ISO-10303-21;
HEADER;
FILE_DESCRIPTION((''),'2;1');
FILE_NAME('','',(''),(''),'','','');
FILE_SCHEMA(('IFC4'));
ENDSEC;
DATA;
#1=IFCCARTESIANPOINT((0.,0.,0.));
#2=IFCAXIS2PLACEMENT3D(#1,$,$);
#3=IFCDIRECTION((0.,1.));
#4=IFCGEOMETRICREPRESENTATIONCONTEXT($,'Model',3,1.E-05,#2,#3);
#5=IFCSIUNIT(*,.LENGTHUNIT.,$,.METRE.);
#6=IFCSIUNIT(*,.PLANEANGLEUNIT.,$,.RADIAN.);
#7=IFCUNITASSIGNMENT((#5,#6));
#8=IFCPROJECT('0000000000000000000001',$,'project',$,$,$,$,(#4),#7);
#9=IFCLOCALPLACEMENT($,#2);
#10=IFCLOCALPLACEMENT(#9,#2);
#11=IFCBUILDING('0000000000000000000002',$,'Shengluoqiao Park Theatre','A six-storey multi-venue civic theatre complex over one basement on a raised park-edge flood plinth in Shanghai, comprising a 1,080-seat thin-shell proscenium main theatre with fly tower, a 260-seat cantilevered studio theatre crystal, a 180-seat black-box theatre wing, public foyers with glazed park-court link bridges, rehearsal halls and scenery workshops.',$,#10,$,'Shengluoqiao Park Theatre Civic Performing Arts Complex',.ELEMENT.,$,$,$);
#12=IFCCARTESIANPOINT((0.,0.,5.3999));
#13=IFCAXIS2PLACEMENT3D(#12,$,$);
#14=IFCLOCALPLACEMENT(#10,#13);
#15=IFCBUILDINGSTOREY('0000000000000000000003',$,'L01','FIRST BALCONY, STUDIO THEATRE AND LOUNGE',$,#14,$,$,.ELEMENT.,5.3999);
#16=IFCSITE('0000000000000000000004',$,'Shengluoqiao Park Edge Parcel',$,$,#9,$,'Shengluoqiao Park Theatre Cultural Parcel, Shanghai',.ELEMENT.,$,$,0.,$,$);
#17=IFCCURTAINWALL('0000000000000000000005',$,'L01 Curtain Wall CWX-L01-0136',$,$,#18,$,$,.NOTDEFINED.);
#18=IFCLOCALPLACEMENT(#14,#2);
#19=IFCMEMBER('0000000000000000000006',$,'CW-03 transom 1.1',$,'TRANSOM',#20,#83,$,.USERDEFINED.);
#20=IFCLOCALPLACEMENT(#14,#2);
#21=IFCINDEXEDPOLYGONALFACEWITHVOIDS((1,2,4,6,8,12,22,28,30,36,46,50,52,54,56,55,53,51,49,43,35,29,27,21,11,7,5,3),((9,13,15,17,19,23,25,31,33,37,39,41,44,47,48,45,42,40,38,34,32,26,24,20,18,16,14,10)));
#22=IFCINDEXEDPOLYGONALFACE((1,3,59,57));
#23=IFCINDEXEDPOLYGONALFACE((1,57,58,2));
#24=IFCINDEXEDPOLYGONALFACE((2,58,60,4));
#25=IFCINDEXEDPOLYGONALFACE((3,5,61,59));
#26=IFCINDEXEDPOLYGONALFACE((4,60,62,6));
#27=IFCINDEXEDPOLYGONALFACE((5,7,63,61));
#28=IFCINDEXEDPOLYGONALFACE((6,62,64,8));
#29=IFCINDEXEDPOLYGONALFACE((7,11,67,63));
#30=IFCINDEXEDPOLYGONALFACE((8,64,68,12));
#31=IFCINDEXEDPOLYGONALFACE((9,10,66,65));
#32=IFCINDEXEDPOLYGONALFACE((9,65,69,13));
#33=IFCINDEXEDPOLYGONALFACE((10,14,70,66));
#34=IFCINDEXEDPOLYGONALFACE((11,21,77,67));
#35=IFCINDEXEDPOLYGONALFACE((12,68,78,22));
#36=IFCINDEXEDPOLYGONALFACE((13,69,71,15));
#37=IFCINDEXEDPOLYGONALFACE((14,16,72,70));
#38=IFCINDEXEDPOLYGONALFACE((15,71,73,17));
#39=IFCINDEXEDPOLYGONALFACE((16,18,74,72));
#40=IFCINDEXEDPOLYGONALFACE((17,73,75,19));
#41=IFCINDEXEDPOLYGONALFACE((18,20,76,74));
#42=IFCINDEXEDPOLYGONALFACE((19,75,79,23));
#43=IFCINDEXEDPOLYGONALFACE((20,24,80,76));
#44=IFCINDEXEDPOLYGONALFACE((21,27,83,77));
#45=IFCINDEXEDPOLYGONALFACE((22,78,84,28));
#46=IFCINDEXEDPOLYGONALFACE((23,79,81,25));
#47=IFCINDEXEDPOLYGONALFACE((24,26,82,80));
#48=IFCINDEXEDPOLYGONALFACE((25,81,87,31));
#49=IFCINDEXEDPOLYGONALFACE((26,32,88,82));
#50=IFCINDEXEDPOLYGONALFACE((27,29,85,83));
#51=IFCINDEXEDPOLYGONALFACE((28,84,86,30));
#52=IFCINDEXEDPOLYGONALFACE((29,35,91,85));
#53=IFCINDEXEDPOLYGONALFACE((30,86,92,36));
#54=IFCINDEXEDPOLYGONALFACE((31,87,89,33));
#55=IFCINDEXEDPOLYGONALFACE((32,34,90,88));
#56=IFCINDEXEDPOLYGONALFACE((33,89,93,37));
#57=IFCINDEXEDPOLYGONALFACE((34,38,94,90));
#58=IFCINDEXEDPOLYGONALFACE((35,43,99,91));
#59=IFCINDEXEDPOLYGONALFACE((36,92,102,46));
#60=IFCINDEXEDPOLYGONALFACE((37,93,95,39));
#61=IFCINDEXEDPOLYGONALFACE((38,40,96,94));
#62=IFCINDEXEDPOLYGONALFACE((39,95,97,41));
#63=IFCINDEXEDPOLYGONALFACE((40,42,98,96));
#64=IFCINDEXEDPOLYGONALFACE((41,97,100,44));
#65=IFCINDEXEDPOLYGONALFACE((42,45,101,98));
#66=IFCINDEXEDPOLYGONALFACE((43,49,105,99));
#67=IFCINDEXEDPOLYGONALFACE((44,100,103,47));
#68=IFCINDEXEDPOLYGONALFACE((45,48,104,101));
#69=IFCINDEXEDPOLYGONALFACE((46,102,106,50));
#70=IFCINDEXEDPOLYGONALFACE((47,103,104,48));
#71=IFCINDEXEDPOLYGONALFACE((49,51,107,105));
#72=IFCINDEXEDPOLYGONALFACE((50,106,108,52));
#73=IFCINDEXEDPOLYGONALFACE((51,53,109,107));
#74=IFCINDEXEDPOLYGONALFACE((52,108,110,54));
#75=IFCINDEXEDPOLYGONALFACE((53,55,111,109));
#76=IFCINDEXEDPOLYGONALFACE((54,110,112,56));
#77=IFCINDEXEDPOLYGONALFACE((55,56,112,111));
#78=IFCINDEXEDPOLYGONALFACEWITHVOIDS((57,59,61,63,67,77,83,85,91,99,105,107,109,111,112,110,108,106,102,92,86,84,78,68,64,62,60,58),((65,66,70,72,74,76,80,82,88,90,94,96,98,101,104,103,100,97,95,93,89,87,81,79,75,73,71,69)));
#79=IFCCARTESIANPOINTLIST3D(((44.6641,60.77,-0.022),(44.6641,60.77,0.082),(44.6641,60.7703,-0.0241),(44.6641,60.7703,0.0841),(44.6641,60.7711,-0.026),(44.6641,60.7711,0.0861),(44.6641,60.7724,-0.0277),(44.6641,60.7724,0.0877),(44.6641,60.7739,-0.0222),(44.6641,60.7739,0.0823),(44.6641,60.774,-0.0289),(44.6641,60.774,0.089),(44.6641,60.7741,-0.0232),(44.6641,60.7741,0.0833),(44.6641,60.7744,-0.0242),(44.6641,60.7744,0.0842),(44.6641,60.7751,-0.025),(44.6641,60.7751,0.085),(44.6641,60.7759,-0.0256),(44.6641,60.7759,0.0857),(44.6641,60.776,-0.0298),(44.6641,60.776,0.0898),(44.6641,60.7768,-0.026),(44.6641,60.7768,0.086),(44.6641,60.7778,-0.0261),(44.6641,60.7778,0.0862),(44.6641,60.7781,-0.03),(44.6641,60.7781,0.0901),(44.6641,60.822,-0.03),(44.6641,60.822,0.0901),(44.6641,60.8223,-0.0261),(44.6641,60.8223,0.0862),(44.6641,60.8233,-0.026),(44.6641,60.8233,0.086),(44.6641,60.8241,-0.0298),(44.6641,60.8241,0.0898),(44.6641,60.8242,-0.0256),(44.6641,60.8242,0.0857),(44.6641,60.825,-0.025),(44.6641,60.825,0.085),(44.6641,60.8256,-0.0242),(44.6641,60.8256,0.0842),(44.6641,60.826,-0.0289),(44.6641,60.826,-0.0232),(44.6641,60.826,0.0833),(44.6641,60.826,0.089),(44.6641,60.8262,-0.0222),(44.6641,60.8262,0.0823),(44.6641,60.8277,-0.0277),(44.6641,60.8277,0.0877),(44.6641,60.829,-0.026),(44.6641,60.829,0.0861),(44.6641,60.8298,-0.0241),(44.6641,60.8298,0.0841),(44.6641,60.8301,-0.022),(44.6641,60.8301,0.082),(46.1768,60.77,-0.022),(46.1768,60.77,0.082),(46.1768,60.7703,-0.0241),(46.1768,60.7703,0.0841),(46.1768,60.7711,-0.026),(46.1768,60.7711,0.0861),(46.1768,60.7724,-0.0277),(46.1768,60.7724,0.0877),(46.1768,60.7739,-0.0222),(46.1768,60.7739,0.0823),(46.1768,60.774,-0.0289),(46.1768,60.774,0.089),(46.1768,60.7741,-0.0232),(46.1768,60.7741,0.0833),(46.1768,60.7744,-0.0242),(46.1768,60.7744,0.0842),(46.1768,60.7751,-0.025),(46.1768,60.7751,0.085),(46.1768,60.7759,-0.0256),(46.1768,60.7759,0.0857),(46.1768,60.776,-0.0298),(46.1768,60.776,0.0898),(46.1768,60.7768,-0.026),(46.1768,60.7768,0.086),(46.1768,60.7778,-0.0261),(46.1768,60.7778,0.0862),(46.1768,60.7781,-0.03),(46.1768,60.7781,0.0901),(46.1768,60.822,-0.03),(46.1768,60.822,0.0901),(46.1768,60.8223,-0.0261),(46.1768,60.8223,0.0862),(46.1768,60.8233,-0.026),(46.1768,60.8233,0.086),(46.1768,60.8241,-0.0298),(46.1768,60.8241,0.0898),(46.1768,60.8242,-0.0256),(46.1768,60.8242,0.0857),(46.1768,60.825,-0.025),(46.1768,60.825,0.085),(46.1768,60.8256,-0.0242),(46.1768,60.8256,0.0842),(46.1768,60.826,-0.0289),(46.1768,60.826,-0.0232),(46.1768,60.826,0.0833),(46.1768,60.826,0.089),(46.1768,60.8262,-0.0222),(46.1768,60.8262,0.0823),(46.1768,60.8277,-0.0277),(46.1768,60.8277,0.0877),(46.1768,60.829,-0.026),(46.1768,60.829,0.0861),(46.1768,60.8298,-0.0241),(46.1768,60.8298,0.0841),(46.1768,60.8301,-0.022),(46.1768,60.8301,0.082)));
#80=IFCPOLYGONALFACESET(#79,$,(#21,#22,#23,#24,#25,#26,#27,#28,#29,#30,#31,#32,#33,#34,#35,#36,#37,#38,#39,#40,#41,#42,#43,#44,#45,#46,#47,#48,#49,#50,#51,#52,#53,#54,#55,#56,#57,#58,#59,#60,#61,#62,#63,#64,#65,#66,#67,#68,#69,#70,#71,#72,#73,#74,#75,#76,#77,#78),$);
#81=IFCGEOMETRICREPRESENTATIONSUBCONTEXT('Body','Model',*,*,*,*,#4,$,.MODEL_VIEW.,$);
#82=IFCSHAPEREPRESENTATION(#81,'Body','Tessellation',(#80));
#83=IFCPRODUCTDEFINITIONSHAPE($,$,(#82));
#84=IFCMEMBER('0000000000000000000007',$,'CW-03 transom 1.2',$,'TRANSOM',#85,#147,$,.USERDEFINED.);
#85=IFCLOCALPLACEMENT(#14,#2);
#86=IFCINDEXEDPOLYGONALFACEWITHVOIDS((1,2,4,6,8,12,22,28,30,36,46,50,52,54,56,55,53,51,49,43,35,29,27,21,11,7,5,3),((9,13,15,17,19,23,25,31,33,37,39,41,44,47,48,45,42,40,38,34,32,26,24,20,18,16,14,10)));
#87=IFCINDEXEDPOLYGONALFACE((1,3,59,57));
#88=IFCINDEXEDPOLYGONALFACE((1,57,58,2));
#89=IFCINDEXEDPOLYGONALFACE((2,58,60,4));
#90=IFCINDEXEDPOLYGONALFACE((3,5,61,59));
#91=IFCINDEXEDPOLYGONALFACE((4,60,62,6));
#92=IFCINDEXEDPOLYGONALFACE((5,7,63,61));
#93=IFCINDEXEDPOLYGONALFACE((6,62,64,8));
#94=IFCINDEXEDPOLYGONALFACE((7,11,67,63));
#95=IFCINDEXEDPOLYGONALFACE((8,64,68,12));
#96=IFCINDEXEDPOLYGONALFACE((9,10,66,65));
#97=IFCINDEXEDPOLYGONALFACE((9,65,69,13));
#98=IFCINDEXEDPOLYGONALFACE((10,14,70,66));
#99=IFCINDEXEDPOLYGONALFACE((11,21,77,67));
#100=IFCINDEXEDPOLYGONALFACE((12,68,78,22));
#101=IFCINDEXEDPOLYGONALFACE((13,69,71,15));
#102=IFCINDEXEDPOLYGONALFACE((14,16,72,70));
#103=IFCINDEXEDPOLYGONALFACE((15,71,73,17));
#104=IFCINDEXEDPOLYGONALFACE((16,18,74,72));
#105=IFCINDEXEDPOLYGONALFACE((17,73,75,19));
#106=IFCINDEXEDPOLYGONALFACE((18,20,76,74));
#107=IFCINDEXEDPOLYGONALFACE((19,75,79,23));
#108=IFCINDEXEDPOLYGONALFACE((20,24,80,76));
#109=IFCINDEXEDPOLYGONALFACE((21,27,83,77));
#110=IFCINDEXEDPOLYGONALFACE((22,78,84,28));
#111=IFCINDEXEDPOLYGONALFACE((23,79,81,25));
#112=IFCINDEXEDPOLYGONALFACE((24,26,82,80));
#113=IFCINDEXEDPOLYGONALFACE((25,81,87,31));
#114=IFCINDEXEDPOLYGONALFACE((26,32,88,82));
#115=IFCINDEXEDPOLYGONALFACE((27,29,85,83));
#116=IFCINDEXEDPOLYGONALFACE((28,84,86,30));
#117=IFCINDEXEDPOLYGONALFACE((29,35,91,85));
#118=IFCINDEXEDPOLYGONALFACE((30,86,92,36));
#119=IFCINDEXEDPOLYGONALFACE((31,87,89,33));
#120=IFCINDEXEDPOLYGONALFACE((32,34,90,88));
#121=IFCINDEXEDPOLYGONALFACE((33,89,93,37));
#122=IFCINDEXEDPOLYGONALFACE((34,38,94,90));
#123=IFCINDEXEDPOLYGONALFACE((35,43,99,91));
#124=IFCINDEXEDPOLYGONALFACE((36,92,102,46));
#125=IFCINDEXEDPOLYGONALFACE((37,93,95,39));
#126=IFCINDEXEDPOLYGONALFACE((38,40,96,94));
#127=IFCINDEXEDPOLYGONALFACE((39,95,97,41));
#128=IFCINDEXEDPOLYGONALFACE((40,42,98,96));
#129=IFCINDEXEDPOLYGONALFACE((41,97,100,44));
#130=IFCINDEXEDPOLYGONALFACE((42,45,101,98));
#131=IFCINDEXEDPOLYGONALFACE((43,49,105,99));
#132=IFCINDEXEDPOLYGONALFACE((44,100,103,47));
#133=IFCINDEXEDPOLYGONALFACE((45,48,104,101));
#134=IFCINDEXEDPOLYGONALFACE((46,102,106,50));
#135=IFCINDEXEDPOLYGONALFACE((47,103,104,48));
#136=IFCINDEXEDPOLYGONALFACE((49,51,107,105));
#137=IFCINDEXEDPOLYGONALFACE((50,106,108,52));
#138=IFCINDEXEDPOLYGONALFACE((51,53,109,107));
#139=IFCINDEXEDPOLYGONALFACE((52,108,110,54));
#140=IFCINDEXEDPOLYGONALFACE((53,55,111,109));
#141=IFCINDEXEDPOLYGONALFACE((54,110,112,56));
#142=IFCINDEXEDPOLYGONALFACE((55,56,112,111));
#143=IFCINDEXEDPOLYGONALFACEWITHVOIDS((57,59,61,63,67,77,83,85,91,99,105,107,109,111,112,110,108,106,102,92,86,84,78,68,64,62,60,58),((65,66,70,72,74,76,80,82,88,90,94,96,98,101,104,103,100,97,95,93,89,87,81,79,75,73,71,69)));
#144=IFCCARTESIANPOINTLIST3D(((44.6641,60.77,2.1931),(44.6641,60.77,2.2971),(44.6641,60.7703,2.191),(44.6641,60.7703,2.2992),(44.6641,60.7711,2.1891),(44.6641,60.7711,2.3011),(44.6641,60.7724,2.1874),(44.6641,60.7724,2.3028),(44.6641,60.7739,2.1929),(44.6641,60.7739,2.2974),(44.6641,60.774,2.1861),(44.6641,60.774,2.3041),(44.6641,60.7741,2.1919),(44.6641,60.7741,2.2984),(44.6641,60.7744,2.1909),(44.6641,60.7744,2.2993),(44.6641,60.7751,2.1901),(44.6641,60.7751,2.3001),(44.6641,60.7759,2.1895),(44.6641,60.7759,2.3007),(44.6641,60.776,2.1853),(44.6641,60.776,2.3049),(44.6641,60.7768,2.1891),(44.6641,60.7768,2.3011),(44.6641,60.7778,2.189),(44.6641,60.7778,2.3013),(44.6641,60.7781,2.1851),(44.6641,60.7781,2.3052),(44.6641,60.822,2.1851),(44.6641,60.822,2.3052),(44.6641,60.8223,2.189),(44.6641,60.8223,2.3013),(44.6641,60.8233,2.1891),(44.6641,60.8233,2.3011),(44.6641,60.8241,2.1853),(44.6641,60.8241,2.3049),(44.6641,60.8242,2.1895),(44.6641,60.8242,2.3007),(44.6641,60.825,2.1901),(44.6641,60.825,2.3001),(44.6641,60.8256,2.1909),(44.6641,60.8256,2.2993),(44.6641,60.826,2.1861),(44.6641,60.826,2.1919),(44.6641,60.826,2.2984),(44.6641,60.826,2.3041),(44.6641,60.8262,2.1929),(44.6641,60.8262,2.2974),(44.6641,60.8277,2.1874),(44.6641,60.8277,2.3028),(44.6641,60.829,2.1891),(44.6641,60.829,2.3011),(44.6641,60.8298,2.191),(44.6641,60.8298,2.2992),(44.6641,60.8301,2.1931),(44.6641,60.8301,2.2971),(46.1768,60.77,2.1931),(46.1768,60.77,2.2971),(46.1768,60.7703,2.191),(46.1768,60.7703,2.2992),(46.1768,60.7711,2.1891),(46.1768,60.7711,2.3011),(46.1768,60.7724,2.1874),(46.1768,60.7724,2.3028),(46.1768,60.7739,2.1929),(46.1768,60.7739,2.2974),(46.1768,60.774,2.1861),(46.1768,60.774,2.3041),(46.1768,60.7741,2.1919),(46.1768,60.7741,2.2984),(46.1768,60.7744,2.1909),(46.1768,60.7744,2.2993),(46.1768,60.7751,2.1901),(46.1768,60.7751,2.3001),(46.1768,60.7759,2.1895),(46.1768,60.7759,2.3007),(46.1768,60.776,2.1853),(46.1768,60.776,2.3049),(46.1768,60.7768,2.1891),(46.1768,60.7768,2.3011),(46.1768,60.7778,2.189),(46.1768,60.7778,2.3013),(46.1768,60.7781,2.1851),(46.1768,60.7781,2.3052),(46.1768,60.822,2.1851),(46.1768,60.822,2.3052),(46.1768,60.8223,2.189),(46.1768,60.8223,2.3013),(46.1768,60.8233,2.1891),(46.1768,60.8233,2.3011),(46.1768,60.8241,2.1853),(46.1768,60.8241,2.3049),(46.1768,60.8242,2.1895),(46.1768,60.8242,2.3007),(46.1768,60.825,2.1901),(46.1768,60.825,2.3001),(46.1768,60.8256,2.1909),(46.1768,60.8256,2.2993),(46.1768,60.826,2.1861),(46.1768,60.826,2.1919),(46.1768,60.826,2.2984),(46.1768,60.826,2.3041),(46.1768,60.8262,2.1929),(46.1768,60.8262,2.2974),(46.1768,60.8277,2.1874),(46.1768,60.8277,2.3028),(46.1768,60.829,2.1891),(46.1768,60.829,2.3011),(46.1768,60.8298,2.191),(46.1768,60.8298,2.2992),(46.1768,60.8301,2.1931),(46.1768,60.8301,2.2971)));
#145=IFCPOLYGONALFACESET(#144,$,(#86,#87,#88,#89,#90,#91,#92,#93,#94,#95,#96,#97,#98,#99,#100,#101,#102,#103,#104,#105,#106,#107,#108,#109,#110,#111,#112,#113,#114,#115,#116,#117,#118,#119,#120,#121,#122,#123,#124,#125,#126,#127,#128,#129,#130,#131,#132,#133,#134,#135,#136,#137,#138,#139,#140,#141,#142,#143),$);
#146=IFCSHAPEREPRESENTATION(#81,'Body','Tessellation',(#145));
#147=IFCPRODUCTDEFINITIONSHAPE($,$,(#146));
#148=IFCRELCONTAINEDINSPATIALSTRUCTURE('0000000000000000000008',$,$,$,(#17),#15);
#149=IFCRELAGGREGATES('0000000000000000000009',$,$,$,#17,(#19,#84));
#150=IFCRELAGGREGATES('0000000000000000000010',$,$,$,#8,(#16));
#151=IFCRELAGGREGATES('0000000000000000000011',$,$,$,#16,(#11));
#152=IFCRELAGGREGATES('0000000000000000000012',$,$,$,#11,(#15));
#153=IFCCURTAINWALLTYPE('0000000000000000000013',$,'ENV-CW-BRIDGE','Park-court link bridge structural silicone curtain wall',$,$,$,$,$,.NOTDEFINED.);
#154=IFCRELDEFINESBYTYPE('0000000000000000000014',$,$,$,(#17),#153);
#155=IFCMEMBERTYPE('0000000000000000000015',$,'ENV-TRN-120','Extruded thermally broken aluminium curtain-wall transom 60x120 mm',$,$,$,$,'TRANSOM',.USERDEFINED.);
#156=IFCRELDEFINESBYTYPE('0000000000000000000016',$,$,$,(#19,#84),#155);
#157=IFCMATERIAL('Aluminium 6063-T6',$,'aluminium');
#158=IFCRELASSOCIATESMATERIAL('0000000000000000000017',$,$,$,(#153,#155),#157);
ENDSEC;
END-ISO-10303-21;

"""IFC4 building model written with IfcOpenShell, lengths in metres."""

from ifc_helpers import new_model, si_unit, direction, frame, origin, origin_2d, place, context, subcontext, project, spatial, hollow_rectangle, extrude, material, material_profile, profile_set, type_object, element, aggregate, save


model = new_model("IFC4")

# Units and contexts
model_context = context("Model", 3, precision=1e-05, world=origin(), true_north=direction((0.0, 1.0)))
body_context = subcontext(model_context, "Body", "Model", "MODEL_VIEW")
ifc_project = project(units=[si_unit("LENGTHUNIT", "METRE"), si_unit("PLANEANGLEUNIT", "RADIAN")], contexts=[model_context])

# Site, building, storey
site_placement = place(None, origin())
site = spatial("IfcSite", under=ifc_project, at=site_placement, Name="Shengluoqiao Park Edge Parcel", LongName="Shengluoqiao Park Theatre Cultural Parcel, Shanghai", CompositionType="ELEMENT", RefElevation=0.0)
building_placement = place(site_placement, origin())
building = spatial("IfcBuilding", under=site, at=building_placement, Name="Shengluoqiao Park Theatre", Description="A six-storey multi-venue civic theatre complex over one basement on a raised park-edge flood plinth in Shanghai, comprising a 1,080-seat thin-shell proscenium main theatre with fly tower, a 260-seat cantilevered studio theatre crystal, a 180-seat black-box theatre wing, public foyers with glazed park-court link bridges, rehearsal halls and scenery workshops.", LongName="Shengluoqiao Park Theatre Civic Performing Arts Complex", CompositionType="ELEMENT")
storey_placement = place(building_placement, frame((0.0, 0.0, 5.3999)))
storey = spatial("IfcBuildingStorey", under=building, at=storey_placement, Name="L01", Description="FIRST BALCONY, STUDIO THEATRE AND LOUNGE", CompositionType="ELEMENT", Elevation=5.3999)

# Curtain wall
ifc_material_1 = material(Name="Aluminium 6063-T6", Category="aluminium")
curtain_wall_type_1 = type_object("IfcCurtainWallType", Name="ENV-CW-BRIDGE", Description="Park-court link bridge structural silicone curtain wall", PredefinedType="NOTDEFINED", material=ifc_material_1)
curtain_wall_1_placement = place(storey_placement, origin())
curtain_wall_1 = element("IfcCurtainWall", 1, at=curtain_wall_1_placement, inside=storey, type_object=curtain_wall_type_1, Name="L01 Curtain Wall CWX-L01-0136", PredefinedType="NOTDEFINED")

# Members
ifc_material_profile_1 = material_profile(ifc_material_1, hollow_rectangle(XDim=0.0601, YDim=0.1201, WallThickness=0.0039, InnerFilletRadius=0.0039, OuterFilletRadius=0.0081, at=origin_2d()), Name="ALU TRANSOM 120x60x4")
ifc_profile_set_1 = profile_set([ifc_material_profile_1], Name="Aluminium 6063-T6")
member_type_1 = type_object("IfcMemberType", Name="ENV-TRN-120", Description="Extruded thermally broken aluminium curtain-wall transom 60x120 mm", ElementType="TRANSOM", PredefinedType="USERDEFINED", material=ifc_profile_set_1)
member_1_placement = place(storey_placement, frame((44.6641, 60.8, 0.03), z_axis=(1.0, 0.0, 0.0), x_axis=(0.0, 1.0, 0.0)))
member_1 = element("IfcMember", 2, at=member_1_placement, type_object=member_type_1, Name="CW-03 transom 1.1", ObjectType="TRANSOM", PredefinedType="USERDEFINED", context=body_context, shape_type="SweptSolid", body=[
    extrude(hollow_rectangle(XDim=0.0601, YDim=0.1201, WallThickness=0.0039, InnerFilletRadius=0.0039, OuterFilletRadius=0.0081, at=origin_2d()), origin(), (0.0, 0.0, 1.0), 1.5127),
])
member_2_placement = place(storey_placement, frame((44.6641, 60.8, 2.2451), z_axis=(1.0, 0.0, 0.0), x_axis=(0.0, 1.0, 0.0)))
member_2 = element("IfcMember", 3, at=member_2_placement, type_object=member_type_1, Name="CW-03 transom 1.2", ObjectType="TRANSOM", PredefinedType="USERDEFINED", context=body_context, shape_type="SweptSolid", body=[
    extrude(hollow_rectangle(XDim=0.0601, YDim=0.1201, WallThickness=0.0039, InnerFilletRadius=0.0039, OuterFilletRadius=0.0081, at=origin_2d()), origin(), (0.0, 0.0, 1.0), 1.5127),
])

aggregate(curtain_wall_1, [member_1, member_2])

save(model, "model.ifc")
